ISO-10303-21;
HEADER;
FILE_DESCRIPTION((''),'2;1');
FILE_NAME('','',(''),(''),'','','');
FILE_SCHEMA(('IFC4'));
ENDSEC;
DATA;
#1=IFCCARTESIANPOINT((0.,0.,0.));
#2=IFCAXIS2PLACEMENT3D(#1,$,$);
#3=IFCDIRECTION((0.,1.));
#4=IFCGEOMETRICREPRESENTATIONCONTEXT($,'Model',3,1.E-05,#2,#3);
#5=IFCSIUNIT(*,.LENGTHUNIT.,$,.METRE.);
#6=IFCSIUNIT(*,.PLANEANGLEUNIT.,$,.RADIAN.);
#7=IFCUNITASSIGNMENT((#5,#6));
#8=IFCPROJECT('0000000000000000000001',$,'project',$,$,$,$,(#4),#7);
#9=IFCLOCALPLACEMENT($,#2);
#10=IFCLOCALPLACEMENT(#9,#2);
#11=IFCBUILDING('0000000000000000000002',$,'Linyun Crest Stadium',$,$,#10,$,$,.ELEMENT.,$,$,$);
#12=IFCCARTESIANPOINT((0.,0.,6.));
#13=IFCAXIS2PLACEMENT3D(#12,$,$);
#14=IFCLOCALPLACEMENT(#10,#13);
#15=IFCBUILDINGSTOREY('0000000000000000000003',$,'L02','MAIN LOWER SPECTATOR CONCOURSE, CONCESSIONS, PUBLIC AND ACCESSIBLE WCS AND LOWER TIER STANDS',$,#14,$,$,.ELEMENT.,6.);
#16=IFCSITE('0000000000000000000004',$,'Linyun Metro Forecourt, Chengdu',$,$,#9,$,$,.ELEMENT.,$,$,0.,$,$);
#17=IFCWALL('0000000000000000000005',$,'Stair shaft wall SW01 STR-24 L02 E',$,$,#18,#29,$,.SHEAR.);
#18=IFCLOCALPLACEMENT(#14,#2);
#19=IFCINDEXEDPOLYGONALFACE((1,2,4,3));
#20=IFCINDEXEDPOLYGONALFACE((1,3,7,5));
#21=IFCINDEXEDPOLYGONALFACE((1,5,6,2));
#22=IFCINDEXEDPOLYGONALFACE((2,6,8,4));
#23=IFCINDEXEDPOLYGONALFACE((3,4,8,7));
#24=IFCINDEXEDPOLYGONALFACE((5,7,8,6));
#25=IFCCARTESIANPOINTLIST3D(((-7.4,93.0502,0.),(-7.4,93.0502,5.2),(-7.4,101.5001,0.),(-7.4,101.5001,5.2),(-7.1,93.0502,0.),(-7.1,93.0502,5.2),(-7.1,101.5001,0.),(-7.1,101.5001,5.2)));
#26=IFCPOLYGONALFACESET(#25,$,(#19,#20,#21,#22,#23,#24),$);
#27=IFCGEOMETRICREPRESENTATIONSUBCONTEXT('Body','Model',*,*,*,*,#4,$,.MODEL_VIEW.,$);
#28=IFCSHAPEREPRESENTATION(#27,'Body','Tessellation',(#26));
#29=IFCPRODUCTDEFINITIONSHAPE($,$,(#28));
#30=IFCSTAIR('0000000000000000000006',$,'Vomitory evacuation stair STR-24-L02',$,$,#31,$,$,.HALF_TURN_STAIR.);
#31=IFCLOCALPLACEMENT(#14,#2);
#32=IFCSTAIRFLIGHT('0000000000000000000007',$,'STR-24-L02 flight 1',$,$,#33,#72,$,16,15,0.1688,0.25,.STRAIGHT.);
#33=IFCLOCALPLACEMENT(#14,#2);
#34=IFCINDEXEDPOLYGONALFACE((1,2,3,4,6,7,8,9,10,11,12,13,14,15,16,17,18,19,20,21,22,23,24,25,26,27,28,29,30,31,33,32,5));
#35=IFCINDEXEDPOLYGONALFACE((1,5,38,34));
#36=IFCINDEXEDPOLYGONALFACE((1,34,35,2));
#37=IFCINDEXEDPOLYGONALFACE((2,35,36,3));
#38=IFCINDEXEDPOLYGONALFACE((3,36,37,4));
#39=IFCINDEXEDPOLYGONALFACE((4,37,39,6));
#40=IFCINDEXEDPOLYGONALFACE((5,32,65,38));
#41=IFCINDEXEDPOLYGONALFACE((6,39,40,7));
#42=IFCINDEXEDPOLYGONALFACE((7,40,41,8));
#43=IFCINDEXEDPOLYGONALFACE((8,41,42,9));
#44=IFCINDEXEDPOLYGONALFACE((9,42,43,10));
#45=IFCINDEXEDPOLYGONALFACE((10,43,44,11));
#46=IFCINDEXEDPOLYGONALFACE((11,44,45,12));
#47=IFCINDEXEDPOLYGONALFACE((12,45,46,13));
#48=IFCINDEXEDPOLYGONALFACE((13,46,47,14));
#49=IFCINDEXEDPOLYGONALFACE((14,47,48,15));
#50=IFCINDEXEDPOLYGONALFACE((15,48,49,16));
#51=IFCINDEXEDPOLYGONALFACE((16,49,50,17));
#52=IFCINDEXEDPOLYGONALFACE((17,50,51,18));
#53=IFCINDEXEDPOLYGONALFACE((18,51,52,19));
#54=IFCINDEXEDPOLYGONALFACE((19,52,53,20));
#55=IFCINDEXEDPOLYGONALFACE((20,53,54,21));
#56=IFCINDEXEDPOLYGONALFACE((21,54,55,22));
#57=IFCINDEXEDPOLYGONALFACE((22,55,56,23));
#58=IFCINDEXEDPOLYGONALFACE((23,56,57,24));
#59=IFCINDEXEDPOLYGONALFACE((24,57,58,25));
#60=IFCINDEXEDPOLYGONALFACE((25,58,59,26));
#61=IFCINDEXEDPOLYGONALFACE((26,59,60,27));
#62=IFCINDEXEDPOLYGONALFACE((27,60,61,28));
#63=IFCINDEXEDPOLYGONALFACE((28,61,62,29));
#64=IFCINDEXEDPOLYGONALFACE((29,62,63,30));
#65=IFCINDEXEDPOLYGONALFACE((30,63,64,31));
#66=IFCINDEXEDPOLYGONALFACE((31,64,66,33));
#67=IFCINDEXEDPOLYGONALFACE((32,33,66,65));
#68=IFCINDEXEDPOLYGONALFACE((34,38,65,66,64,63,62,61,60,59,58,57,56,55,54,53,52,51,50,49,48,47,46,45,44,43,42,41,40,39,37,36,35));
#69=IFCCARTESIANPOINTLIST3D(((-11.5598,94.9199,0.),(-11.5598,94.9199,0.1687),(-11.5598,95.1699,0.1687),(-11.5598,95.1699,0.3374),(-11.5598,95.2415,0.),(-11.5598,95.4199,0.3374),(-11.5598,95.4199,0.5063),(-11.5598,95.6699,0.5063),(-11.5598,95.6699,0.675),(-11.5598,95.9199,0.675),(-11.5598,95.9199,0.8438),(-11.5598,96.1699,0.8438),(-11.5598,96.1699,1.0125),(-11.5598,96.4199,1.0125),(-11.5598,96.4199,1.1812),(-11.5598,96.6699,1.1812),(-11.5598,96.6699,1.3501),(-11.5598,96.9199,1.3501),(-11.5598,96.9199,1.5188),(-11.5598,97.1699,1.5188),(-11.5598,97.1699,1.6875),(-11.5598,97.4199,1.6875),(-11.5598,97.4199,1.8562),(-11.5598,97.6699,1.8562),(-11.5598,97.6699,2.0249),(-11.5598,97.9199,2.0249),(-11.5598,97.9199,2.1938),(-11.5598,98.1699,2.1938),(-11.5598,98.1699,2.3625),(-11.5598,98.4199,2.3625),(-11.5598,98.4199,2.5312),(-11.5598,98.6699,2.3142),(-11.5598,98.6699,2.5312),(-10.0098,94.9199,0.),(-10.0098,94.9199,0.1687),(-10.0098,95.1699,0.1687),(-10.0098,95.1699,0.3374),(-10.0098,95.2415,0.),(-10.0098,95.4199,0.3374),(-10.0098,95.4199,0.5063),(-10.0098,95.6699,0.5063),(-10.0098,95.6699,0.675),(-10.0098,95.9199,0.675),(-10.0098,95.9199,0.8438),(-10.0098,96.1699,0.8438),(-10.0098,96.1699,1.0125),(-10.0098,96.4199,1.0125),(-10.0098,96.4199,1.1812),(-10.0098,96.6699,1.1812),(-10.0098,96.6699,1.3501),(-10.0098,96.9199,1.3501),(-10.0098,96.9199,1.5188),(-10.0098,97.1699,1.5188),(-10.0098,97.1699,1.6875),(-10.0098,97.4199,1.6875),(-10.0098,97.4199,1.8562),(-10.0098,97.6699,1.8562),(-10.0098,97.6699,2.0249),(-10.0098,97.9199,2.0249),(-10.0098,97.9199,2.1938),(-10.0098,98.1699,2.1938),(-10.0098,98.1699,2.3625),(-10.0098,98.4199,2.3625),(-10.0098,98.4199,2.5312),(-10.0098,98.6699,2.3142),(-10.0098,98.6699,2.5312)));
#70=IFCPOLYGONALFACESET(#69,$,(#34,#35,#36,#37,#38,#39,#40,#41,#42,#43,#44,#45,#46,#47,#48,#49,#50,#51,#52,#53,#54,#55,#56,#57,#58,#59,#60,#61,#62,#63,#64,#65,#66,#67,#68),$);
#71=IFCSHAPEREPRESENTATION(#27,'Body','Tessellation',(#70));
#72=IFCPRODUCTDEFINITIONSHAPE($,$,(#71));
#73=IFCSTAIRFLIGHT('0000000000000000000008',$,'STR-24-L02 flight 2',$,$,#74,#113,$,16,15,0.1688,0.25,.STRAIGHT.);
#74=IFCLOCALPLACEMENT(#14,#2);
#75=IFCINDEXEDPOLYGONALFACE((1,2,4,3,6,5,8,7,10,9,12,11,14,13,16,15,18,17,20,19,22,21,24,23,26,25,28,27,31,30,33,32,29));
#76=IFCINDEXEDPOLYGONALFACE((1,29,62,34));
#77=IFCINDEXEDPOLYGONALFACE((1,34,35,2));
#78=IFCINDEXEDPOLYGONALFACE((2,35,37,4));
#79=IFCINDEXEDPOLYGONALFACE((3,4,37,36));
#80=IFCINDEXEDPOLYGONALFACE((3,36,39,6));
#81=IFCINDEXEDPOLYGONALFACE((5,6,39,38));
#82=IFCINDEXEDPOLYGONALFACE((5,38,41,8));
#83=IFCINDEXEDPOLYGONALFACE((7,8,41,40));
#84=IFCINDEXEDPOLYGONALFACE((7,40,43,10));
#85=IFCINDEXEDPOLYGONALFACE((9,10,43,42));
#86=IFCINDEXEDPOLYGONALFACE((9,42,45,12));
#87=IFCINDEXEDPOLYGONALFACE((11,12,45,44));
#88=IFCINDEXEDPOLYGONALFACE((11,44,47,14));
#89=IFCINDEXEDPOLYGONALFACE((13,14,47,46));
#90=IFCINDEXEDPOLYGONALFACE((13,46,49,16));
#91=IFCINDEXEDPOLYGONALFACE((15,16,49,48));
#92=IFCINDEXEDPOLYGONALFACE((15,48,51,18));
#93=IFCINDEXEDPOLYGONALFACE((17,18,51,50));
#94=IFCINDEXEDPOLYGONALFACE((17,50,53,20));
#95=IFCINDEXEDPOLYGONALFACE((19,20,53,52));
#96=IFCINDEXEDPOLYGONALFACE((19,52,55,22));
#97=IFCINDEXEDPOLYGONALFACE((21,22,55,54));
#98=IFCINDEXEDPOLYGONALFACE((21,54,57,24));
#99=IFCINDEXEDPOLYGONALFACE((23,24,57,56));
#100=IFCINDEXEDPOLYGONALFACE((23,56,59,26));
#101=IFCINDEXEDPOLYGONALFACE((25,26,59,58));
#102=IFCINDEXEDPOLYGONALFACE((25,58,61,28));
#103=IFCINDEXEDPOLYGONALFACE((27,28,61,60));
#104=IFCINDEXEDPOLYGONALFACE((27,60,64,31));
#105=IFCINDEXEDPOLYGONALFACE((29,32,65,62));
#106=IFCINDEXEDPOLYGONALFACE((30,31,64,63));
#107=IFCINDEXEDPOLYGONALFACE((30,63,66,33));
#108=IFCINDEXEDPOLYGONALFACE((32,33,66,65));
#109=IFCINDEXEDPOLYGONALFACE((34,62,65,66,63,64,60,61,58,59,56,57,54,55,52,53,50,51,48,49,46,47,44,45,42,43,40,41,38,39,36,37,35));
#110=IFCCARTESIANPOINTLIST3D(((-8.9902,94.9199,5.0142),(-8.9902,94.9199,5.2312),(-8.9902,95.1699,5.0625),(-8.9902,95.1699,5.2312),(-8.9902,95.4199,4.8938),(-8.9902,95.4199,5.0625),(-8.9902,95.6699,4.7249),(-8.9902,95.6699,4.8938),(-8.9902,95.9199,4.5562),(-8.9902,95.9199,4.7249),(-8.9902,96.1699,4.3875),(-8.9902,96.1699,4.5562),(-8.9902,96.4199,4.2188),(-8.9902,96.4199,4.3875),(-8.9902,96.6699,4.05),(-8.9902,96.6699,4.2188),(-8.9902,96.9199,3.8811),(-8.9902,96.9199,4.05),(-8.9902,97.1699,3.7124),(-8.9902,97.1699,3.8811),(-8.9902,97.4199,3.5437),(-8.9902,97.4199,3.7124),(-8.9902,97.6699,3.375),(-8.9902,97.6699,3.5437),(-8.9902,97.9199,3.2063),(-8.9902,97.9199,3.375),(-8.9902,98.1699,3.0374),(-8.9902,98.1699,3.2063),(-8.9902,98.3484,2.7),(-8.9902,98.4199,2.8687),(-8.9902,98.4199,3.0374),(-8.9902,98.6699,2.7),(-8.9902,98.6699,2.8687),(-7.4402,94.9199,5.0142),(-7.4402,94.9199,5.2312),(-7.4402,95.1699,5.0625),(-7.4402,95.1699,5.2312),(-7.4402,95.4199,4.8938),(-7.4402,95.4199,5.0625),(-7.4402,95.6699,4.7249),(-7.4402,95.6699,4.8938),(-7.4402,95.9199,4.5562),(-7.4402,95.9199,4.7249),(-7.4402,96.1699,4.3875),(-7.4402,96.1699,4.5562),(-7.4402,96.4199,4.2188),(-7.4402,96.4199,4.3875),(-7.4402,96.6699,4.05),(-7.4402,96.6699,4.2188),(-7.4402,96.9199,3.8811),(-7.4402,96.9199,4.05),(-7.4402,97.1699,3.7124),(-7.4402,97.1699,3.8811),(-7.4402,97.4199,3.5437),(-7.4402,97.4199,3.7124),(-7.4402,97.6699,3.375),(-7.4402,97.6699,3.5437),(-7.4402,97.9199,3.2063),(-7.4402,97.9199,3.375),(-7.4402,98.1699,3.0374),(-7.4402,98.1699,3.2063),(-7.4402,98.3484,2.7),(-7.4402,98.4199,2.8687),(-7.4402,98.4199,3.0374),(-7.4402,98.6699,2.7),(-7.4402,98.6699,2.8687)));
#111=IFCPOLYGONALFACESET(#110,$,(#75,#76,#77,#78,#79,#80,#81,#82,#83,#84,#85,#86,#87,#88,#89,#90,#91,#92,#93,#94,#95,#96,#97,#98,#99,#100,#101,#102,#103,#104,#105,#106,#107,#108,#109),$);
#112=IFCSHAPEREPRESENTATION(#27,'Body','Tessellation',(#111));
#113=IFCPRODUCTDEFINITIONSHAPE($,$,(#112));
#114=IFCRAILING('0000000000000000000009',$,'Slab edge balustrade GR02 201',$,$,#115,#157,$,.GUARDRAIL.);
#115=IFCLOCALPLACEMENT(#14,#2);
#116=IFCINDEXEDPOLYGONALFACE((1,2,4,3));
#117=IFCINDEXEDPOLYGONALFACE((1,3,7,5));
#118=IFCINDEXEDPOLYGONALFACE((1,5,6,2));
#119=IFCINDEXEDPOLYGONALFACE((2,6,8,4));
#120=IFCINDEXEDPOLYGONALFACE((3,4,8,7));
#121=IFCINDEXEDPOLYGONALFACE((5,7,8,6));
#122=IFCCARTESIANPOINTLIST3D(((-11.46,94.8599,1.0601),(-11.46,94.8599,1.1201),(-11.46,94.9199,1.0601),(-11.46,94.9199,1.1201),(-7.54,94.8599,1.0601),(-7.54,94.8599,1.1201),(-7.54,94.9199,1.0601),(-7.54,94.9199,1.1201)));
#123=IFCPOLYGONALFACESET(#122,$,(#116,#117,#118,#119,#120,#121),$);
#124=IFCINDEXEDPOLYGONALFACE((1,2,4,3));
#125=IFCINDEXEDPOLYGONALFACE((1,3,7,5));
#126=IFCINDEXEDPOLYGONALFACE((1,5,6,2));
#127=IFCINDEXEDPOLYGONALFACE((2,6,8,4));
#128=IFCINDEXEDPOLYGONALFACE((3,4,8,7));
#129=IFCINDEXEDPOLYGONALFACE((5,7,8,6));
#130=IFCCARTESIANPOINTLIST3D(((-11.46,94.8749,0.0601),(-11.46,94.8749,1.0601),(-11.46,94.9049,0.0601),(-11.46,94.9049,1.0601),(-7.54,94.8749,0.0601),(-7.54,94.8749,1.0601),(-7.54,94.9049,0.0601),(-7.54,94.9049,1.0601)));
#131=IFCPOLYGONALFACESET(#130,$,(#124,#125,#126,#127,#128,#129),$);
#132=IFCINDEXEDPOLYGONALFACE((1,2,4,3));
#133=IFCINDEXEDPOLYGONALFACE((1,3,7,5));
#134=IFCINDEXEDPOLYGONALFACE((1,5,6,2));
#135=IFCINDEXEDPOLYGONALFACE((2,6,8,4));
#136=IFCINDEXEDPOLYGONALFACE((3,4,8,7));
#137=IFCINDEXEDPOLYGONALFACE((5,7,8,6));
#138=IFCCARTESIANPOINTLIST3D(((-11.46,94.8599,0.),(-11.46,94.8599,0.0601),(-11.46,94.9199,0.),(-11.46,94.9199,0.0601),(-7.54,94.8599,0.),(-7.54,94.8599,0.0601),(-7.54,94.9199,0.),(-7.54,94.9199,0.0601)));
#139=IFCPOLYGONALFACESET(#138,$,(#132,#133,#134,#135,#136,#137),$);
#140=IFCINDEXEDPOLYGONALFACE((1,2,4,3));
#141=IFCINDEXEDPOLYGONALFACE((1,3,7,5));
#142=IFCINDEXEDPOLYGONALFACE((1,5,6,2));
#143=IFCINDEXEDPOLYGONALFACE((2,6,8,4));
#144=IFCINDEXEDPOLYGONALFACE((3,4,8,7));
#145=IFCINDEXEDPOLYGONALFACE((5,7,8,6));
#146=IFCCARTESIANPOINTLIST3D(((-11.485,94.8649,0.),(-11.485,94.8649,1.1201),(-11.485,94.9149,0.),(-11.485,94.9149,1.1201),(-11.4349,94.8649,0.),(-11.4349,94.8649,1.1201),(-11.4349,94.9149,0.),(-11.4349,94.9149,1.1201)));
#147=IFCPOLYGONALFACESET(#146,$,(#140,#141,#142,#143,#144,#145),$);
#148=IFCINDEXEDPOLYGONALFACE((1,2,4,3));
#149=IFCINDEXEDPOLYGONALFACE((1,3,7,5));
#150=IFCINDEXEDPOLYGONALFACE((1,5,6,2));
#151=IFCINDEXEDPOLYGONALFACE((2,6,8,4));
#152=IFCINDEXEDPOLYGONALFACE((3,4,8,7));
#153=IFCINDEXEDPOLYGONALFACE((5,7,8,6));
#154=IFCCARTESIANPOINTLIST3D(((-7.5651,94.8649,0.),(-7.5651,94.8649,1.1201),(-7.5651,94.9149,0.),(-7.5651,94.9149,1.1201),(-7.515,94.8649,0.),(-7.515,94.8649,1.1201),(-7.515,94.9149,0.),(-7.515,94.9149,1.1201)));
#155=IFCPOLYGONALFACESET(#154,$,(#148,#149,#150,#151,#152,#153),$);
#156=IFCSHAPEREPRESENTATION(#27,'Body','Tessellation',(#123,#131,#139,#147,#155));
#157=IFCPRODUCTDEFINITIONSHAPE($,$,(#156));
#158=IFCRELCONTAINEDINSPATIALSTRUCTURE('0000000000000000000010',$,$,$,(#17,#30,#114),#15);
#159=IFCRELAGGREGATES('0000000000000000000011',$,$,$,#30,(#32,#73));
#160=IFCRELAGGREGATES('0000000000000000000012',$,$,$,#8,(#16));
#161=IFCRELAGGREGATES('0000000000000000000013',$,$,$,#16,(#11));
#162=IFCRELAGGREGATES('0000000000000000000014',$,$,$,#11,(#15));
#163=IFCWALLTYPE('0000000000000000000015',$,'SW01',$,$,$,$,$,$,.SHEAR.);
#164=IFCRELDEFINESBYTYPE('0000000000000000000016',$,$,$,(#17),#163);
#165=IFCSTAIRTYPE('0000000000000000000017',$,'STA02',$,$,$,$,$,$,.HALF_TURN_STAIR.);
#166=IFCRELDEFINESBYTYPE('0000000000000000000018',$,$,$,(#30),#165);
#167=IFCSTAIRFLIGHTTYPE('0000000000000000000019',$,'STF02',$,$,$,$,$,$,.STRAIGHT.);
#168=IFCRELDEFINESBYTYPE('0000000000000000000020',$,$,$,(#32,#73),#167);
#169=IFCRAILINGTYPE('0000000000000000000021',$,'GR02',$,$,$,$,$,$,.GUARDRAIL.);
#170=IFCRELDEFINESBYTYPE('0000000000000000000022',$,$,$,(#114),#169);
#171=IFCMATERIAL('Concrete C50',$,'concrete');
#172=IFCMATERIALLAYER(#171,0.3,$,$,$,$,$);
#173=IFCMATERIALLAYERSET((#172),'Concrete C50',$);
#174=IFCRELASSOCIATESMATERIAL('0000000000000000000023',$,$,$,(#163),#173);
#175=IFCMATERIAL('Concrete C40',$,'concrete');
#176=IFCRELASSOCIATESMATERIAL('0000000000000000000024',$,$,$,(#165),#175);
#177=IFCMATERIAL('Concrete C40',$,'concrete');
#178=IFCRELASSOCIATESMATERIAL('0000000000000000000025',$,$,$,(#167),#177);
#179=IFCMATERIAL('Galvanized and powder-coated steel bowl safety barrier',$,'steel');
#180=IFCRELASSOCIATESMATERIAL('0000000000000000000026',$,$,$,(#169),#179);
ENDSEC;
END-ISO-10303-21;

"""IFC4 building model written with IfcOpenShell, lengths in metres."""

from ifc_helpers import new_model, si_unit, direction, frame, frame_2d, origin, origin_2d, place, context, subcontext, project, spatial, polyline, rectangle, outline, extrude, material, layer, layer_set, type_object, element, aggregate, save


model = new_model("IFC4")

# Units and contexts
model_context = context("Model", 3, precision=1e-05, world=origin(), true_north=direction((0.0, 1.0)))
body_context = subcontext(model_context, "Body", "Model", "MODEL_VIEW")
ifc_project = project(units=[si_unit("LENGTHUNIT", "METRE"), si_unit("PLANEANGLEUNIT", "RADIAN")], contexts=[model_context])

# Site, building, storey
site_placement = place(None, origin())
site = spatial("IfcSite", under=ifc_project, at=site_placement, Name="Linyun Metro Forecourt, Chengdu", CompositionType="ELEMENT", RefElevation=0.0)
building_placement = place(site_placement, origin())
building = spatial("IfcBuilding", under=site, at=building_placement, Name="Linyun Crest Stadium", CompositionType="ELEMENT")
storey_placement = place(building_placement, frame((0.0, 0.0, 6.0)))
storey = spatial("IfcBuildingStorey", under=building, at=storey_placement, Name="L02", Description="MAIN LOWER SPECTATOR CONCOURSE, CONCESSIONS, PUBLIC AND ACCESSIBLE WCS AND LOWER TIER STANDS", CompositionType="ELEMENT", Elevation=6.0)

# Shared definitions
ifc_material_1 = material(Name="Concrete C50", Category="concrete")
ifc_layer_1 = layer(ifc_material_1, 0.3)
ifc_layer_set_1 = layer_set([ifc_layer_1], Name="Concrete C50")
wall_type_1 = type_object("IfcWallType", Name="SW01", PredefinedType="SHEAR", material=ifc_layer_set_1)

# Wall
wall_1_placement = place(storey_placement, frame((-7.25, 93.05, 0.0), z_axis=(0.0, 0.0, 1.0), x_axis=(0.0, 1.0, 0.0)))
element("IfcWall", 1, at=wall_1_placement, inside=storey, type_object=wall_type_1, Name="Stair shaft wall SW01 STR-24 L02 E", PredefinedType="SHEAR", context=body_context, shape_type="SweptSolid", body=[
    extrude(rectangle(XDim=8.45, YDim=0.3, at=frame_2d((4.2251, 0.0))), origin(), (0.0, 0.0, 1.0), 5.2),
])

# Stair, stair flights
ifc_material_2 = material(Name="Concrete C40", Category="concrete")
stair_type = type_object("IfcStairType", Name="STA02", PredefinedType="HALF_TURN_STAIR", material=ifc_material_2)
stair_placement = place(storey_placement, origin())
stair = element("IfcStair", 2, at=stair_placement, inside=storey, type_object=stair_type, Name="Vomitory evacuation stair STR-24-L02", PredefinedType="HALF_TURN_STAIR")
ifc_material_3 = material(Name="Concrete C40", Category="concrete")
stair_flight_type = type_object("IfcStairFlightType", Name="STF02", PredefinedType="STRAIGHT", material=ifc_material_3)
stair_flight_1_placement = place(storey_placement, frame((-10.7849, 94.9199, 0.0), z_axis=(0.0, 0.0, 1.0), x_axis=(0.0, 1.0, 0.0)))
stair_flight_1 = element("IfcStairFlight", 3, at=stair_flight_1_placement, type_object=stair_flight_type, Name="STR-24-L02 flight 1", NumberOfRisers=16, NumberOfTreads=15, PredefinedType="STRAIGHT", RiserHeight=0.1688, TreadLength=0.25, context=body_context, shape_type="SweptSolid", body=[
    extrude(outline(polyline([(0.0, 0.0), (0.0, 0.1687), (0.25, 0.1687), (0.25, 0.3374), (0.5, 0.3374), (0.5, 0.5063), (0.75, 0.5063), (0.75, 0.675), (1.0, 0.675), (1.0, 0.8438), (1.25, 0.8438), (1.25, 1.0125), (1.5, 1.0125), (1.5, 1.1812), (1.75, 1.1812), (1.75, 1.3501), (2.0, 1.3501), (2.0, 1.5188), (2.25, 1.5188), (2.25, 1.6875), (2.5, 1.6875), (2.5, 1.8562), (2.75, 1.8562), (2.75, 2.0249), (3.0, 2.0249), (3.0, 2.1938), (3.25, 2.1938), (3.25, 2.3625), (3.5, 2.3625), (3.5, 2.5312), (3.75, 2.5312), (3.75, 2.7), (3.75, 2.3142), (0.3215, 0.0), (0.0, 0.0)])), frame((0.0, 0.7749, 0.0), z_axis=(0.0, -1.0, 0.0), x_axis=(1.0, 0.0, 0.0)), (0.0, 0.0, 1.0), 1.55),
])
stair_flight_2_placement = place(storey_placement, frame((-8.2151, 98.6699, 2.7), z_axis=(0.0, 0.0, 1.0), x_axis=(0.0, -1.0, 0.0)))
stair_flight_2 = element("IfcStairFlight", 4, at=stair_flight_2_placement, type_object=stair_flight_type, Name="STR-24-L02 flight 2", NumberOfRisers=16, NumberOfTreads=15, PredefinedType="STRAIGHT", RiserHeight=0.1688, TreadLength=0.25, context=body_context, shape_type="SweptSolid", body=[
    extrude(outline(polyline([(0.0, 0.0), (0.0, 0.1687), (0.25, 0.1687), (0.25, 0.3374), (0.5, 0.3374), (0.5, 0.5063), (0.75, 0.5063), (0.75, 0.675), (1.0, 0.675), (1.0, 0.8438), (1.25, 0.8438), (1.25, 1.0125), (1.5, 1.0125), (1.5, 1.1812), (1.75, 1.1812), (1.75, 1.3501), (2.0, 1.3501), (2.0, 1.5188), (2.25, 1.5188), (2.25, 1.6875), (2.5, 1.6875), (2.5, 1.8562), (2.75, 1.8562), (2.75, 2.0249), (3.0, 2.0249), (3.0, 2.1938), (3.25, 2.1938), (3.25, 2.3625), (3.5, 2.3625), (3.5, 2.5312), (3.75, 2.5312), (3.75, 2.7), (3.75, 2.3142), (0.3215, 0.0), (0.0, 0.0)])), frame((0.0, 0.7749, 0.0), z_axis=(0.0, -1.0, 0.0), x_axis=(1.0, 0.0, 0.0)), (0.0, 0.0, 1.0), 1.55),
])
aggregate(stair, [stair_flight_1, stair_flight_2])

# Railing
ifc_material_4 = material(Name="Galvanized and powder-coated steel bowl safety barrier", Category="steel")
railing_type_1 = type_object("IfcRailingType", Name="GR02", PredefinedType="GUARDRAIL", material=ifc_material_4)
railing_1_placement = place(storey_placement, frame((-11.46, 94.8899, 0.0)))
element("IfcRailing", 5, at=railing_1_placement, inside=storey, type_object=railing_type_1, Name="Slab edge balustrade GR02 201", PredefinedType="GUARDRAIL", context=body_context, shape_type="SweptSolid", body=[
    extrude(rectangle(XDim=0.0601, YDim=0.0601, at=origin_2d()), frame((0.0, 0.0, 1.0901), z_axis=(1.0, 0.0, 0.0), x_axis=(0.0, 1.0, 0.0)), (0.0, 0.0, 1.0), 3.9199),
    extrude(rectangle(XDim=0.03, YDim=1.0, at=origin_2d()), frame((0.0, 0.0, 0.5601), z_axis=(1.0, 0.0, 0.0), x_axis=(0.0, 1.0, 0.0)), (0.0, 0.0, 1.0), 3.9199),
    extrude(rectangle(XDim=0.0601, YDim=0.0601, at=origin_2d()), frame((0.0, 0.0, 0.03), z_axis=(1.0, 0.0, 0.0), x_axis=(0.0, 1.0, 0.0)), (0.0, 0.0, 1.0), 3.9199),
    extrude(rectangle(XDim=0.05, YDim=0.05, at=origin_2d()), origin(), (0.0, 0.0, 1.0), 1.1201),
    extrude(rectangle(XDim=0.05, YDim=0.05, at=origin_2d()), frame((3.9199, 0.0, 0.0)), (0.0, 0.0, 1.0), 1.1201),
])

save(model, "model.ifc")
